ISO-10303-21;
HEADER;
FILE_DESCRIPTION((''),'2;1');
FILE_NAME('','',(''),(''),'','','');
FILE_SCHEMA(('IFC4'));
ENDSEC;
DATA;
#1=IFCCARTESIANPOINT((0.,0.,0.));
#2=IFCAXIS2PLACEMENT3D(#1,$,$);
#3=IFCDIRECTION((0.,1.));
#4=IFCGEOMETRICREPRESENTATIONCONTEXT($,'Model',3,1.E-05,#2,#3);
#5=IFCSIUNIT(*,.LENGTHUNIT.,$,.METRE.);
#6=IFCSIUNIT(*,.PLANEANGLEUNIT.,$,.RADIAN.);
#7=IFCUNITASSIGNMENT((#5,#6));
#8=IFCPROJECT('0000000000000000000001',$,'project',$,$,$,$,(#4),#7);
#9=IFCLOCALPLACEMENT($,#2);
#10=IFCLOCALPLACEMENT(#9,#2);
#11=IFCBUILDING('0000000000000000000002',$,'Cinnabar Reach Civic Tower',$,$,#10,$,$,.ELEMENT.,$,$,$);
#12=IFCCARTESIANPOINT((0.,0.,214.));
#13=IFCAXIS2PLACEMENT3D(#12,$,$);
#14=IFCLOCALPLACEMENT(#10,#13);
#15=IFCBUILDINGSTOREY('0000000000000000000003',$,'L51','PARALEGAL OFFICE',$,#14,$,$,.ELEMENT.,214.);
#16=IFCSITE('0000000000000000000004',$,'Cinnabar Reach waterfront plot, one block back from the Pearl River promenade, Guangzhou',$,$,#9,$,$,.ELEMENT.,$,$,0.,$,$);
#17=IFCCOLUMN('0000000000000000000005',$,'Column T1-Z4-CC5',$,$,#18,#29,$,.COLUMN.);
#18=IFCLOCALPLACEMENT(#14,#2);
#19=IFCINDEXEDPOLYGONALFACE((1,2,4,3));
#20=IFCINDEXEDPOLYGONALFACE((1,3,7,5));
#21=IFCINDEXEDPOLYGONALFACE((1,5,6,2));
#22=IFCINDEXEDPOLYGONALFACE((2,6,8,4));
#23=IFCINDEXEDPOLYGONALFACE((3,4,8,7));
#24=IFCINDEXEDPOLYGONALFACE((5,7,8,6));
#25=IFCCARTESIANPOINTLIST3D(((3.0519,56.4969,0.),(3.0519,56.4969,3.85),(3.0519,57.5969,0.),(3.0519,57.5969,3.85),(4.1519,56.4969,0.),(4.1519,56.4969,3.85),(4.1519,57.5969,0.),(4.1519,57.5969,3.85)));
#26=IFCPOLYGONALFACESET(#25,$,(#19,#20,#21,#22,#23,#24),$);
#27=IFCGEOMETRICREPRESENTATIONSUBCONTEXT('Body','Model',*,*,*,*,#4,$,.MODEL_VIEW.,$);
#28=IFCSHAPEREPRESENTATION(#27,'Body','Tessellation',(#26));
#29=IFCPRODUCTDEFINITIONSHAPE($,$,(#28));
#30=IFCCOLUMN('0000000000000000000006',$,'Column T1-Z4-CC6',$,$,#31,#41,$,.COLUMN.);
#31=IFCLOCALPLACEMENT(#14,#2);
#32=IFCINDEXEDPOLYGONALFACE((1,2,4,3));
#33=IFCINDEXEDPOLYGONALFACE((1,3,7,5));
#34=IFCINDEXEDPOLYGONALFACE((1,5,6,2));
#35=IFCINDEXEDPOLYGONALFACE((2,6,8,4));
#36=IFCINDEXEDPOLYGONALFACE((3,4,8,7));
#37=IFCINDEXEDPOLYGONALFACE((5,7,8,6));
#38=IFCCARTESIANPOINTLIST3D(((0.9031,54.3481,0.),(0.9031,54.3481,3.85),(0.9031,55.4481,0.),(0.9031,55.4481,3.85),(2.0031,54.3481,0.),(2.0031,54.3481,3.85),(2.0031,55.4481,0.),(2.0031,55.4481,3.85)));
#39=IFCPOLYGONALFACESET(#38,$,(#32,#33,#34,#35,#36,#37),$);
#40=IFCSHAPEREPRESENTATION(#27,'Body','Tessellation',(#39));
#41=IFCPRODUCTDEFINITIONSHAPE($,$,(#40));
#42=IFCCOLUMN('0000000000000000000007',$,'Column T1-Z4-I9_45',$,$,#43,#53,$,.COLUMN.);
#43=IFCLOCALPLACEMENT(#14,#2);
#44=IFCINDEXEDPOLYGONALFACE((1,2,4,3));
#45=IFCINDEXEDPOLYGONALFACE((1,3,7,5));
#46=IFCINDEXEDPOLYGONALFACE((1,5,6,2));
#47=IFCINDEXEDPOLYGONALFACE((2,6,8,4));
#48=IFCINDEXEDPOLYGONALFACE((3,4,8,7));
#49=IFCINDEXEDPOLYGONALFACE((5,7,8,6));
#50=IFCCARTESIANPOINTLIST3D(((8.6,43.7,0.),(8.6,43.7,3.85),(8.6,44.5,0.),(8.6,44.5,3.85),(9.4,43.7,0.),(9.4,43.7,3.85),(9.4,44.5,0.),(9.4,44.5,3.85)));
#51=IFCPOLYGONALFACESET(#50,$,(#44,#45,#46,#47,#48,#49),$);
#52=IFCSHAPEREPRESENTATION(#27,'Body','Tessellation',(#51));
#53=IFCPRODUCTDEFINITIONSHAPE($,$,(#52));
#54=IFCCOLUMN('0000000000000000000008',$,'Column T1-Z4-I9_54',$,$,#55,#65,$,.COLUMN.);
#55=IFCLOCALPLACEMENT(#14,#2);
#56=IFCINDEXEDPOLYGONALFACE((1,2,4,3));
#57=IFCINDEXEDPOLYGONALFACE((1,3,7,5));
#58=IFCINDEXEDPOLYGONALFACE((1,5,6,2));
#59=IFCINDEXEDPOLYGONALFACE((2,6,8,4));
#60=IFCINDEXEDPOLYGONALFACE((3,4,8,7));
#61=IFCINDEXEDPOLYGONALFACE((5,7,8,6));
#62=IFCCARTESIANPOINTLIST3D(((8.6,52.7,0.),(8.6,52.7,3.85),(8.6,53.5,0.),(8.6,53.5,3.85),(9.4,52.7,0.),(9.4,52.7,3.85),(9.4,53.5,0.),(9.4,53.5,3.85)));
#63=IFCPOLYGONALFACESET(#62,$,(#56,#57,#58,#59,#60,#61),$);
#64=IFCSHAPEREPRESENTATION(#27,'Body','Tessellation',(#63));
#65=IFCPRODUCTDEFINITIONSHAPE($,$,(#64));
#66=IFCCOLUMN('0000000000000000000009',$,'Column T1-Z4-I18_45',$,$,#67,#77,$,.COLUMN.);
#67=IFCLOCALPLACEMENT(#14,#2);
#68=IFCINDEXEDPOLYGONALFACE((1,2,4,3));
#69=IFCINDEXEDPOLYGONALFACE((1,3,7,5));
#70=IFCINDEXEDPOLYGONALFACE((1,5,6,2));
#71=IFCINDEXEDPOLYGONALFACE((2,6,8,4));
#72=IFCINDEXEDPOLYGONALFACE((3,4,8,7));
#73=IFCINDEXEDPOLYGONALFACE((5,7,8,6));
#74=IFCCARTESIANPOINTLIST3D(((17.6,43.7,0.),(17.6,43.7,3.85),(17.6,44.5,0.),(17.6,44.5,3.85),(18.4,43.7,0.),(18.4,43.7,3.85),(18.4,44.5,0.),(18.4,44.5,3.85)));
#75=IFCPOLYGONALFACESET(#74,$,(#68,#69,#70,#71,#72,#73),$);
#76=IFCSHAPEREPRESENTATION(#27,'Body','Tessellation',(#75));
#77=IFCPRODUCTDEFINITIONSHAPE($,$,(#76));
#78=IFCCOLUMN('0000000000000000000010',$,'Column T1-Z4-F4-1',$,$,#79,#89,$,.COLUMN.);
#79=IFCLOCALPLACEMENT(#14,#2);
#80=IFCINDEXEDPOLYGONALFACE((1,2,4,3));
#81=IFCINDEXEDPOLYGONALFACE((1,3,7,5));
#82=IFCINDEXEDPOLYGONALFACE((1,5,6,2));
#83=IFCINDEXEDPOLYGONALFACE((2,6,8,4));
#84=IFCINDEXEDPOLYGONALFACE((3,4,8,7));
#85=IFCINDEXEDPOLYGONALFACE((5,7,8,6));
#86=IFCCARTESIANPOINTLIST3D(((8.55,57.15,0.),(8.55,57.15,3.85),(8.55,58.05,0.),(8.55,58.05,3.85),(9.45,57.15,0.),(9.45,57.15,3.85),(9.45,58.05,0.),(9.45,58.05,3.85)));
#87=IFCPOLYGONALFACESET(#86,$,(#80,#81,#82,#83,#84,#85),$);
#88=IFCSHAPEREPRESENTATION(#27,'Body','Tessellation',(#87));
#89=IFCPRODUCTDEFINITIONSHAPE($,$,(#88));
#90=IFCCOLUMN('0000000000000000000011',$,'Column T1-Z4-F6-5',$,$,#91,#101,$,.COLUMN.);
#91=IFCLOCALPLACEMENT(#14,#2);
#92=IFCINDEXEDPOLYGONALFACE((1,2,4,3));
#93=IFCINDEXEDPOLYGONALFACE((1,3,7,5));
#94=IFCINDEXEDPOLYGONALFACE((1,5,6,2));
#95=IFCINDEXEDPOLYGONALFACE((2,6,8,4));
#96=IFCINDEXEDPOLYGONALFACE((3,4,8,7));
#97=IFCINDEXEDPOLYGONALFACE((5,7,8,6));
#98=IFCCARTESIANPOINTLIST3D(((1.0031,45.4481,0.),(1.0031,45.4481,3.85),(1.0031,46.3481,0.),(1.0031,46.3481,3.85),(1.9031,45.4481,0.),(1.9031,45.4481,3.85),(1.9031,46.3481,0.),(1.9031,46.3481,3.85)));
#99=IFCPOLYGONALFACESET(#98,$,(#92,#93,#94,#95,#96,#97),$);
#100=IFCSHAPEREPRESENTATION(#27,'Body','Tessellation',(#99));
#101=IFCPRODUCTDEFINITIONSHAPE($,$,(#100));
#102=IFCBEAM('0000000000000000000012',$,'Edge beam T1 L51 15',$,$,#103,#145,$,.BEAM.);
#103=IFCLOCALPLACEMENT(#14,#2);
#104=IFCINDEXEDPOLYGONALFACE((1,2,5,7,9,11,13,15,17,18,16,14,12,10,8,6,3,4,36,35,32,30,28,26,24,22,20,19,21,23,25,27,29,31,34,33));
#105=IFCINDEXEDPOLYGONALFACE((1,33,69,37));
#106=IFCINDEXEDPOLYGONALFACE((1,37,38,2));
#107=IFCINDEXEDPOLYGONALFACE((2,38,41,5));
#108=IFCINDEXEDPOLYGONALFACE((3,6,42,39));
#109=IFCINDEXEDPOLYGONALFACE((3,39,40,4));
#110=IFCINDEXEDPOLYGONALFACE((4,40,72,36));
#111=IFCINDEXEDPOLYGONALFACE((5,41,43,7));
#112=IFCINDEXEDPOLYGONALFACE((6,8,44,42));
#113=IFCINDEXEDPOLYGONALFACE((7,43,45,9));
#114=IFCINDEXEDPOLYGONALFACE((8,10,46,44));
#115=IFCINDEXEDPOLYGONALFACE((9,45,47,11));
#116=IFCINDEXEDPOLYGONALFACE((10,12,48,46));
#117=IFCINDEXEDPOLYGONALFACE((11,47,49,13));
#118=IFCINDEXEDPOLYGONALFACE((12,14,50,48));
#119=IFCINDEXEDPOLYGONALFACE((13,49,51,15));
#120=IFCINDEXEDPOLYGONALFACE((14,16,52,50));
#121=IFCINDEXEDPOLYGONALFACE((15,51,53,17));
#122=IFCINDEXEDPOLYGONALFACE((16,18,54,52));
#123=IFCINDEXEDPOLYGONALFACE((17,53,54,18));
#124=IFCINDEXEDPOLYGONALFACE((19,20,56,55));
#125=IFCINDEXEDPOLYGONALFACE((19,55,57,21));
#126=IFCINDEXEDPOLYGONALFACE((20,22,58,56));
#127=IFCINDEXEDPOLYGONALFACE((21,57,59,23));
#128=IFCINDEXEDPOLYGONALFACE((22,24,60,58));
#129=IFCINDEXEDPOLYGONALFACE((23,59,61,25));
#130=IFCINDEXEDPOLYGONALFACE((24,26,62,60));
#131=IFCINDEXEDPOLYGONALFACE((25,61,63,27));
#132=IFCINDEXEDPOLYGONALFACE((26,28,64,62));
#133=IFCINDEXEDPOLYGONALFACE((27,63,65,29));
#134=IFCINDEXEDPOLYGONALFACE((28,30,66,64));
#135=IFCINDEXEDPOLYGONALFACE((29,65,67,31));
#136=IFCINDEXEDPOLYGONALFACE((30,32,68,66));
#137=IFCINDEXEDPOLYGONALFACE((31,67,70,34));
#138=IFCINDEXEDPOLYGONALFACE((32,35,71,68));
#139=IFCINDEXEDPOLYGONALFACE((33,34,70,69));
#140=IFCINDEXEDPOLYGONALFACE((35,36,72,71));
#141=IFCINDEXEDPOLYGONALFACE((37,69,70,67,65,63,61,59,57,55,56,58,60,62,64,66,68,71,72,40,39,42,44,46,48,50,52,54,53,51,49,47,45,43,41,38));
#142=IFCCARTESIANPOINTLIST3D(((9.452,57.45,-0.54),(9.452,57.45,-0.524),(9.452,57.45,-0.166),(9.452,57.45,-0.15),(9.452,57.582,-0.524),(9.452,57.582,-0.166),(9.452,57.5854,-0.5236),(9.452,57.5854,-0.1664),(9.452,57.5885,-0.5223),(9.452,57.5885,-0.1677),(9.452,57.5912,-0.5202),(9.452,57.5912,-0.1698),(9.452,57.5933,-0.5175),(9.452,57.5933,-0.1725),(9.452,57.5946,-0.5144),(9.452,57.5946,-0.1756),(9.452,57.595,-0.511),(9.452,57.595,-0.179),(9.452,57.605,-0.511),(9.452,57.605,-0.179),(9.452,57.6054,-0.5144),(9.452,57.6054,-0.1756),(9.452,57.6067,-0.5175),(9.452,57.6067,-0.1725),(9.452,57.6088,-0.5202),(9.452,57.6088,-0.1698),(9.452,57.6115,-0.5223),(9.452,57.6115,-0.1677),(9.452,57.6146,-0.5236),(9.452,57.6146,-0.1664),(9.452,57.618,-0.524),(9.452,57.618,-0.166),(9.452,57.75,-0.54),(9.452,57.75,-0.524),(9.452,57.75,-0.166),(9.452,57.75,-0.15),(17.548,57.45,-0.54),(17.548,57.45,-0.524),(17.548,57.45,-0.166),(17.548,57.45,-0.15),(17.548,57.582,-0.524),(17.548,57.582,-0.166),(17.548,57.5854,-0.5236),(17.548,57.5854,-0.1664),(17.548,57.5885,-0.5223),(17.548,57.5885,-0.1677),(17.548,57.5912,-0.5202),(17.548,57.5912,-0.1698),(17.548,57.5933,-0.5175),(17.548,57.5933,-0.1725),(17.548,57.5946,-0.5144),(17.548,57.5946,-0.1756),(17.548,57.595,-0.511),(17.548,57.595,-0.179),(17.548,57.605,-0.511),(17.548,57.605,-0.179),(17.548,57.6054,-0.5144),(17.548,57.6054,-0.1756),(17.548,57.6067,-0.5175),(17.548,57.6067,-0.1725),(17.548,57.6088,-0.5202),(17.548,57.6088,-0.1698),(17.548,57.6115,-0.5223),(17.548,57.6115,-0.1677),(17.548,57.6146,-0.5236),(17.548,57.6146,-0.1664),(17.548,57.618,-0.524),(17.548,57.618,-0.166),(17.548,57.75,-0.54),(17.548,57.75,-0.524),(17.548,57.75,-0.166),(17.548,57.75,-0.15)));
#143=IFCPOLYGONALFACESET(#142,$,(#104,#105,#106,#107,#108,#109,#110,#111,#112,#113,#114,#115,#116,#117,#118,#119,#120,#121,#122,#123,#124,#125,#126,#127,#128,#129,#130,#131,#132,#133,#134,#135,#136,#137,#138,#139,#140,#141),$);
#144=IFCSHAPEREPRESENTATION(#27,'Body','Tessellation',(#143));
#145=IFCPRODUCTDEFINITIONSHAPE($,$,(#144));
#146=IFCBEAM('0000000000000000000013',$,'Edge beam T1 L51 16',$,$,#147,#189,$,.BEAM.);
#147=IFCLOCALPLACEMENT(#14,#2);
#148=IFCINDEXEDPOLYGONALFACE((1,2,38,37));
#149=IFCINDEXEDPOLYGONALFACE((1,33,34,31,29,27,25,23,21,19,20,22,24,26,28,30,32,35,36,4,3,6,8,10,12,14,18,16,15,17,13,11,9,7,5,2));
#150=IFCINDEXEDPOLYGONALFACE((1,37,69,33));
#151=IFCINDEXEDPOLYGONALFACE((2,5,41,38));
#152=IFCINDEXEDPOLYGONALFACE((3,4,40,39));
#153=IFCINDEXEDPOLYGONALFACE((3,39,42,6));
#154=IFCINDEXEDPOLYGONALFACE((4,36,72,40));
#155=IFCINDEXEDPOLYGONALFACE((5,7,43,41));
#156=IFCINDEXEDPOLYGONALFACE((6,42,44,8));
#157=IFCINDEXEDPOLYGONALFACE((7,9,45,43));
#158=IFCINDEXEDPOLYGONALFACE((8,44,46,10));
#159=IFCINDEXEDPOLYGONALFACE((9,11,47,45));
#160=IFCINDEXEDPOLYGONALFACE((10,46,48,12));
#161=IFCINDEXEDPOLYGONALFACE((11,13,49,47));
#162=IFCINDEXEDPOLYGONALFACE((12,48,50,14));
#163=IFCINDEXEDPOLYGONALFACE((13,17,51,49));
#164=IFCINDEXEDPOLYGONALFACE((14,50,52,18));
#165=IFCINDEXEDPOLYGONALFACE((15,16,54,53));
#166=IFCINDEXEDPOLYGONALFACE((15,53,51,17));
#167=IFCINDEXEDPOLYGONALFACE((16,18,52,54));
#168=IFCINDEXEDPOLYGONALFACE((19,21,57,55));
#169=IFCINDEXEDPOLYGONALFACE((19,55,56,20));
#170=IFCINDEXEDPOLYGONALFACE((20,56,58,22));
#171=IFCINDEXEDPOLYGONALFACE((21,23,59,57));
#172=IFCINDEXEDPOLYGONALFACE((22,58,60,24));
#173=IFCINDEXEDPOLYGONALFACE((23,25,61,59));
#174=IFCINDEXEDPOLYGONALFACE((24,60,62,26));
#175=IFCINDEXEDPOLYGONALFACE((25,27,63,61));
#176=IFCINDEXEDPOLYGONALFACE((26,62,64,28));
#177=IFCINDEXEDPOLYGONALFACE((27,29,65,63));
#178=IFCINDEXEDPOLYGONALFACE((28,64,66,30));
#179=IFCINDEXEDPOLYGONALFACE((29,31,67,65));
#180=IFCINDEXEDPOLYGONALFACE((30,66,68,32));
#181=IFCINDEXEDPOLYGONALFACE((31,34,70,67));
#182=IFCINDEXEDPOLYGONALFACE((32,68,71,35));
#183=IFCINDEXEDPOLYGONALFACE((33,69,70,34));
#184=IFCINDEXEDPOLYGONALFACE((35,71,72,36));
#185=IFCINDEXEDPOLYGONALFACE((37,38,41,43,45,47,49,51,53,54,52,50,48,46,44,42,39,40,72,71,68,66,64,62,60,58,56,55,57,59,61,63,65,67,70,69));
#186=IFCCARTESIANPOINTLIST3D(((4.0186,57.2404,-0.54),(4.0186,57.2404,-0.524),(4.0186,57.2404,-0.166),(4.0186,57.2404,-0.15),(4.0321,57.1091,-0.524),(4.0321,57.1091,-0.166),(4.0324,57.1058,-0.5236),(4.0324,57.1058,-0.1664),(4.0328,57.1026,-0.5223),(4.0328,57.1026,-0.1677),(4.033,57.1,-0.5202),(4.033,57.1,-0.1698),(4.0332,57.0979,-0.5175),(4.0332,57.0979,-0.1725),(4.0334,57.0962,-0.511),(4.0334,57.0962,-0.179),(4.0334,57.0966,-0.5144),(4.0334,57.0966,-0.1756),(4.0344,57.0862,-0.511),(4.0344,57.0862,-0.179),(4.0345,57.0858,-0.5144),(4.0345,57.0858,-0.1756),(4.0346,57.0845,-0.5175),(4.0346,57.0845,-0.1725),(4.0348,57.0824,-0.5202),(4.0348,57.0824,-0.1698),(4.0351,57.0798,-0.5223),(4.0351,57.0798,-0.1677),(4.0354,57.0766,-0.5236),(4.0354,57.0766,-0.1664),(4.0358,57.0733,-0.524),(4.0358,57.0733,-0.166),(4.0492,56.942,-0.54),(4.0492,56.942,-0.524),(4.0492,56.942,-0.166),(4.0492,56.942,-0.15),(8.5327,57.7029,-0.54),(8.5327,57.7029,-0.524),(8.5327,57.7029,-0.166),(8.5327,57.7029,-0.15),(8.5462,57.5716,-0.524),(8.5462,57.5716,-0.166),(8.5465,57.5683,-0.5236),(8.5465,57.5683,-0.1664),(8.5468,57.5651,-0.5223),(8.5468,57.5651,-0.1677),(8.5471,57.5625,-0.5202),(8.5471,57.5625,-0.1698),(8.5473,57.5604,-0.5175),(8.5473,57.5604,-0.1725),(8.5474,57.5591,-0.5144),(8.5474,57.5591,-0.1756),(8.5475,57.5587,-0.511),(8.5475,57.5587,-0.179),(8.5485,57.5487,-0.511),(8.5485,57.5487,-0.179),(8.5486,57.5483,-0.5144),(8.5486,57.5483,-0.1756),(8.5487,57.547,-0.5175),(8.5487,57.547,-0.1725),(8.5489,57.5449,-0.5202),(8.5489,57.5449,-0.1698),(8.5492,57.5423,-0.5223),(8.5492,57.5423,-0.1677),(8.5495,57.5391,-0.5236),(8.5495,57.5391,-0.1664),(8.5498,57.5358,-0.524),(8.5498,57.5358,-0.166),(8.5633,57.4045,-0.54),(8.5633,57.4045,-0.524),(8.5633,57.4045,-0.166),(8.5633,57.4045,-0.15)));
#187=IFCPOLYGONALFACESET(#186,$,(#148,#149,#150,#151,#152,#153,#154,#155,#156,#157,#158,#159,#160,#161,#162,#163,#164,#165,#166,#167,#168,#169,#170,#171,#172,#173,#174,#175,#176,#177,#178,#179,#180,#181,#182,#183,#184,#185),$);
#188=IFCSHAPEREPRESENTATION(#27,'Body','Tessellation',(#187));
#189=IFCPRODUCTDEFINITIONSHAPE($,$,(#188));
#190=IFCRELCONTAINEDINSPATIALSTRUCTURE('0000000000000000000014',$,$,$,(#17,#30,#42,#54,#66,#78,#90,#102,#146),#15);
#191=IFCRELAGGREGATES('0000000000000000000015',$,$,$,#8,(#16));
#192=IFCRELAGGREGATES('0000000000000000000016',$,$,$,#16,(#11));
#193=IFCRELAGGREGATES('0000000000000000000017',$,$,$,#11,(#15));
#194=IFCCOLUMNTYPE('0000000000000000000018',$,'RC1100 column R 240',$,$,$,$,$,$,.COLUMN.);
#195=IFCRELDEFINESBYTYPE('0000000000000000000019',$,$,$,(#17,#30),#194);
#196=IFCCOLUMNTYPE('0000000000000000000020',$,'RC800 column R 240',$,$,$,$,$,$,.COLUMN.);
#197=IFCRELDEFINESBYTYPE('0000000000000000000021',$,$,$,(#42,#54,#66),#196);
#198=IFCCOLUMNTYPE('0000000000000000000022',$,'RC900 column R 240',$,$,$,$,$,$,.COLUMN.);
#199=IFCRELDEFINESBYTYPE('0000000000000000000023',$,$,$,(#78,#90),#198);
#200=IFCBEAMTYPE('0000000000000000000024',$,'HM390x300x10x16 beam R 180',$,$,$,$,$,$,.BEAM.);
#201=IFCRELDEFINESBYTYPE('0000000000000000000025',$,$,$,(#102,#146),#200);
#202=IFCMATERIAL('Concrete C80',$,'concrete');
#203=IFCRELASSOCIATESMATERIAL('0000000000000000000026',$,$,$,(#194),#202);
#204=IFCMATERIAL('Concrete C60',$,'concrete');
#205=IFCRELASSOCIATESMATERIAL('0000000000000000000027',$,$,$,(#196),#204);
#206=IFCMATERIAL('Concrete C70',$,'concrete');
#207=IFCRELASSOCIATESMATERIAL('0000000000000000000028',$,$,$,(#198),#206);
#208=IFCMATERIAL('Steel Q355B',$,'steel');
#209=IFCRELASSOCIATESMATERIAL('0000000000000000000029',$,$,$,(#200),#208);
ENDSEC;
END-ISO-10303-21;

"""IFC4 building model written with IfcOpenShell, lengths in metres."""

from ifc_helpers import new_model, si_unit, direction, frame, origin, origin_2d, place, context, subcontext, project, spatial, rectangle, i_section, extrude, material, material_profile, profile_set, type_object, element, save


model = new_model("IFC4")

# Units and contexts
model_context = context("Model", 3, precision=1e-05, world=origin(), true_north=direction((0.0, 1.0)))
body_context = subcontext(model_context, "Body", "Model", "MODEL_VIEW")
ifc_project = project(units=[si_unit("LENGTHUNIT", "METRE"), si_unit("PLANEANGLEUNIT", "RADIAN")], contexts=[model_context])

# Site, building, storey
site_placement = place(None, origin())
site = spatial("IfcSite", under=ifc_project, at=site_placement, Name="Cinnabar Reach waterfront plot, one block back from the Pearl River promenade, Guangzhou", CompositionType="ELEMENT", RefElevation=0.0)
building_placement = place(site_placement, origin())
building = spatial("IfcBuilding", under=site, at=building_placement, Name="Cinnabar Reach Civic Tower", CompositionType="ELEMENT")
storey_placement = place(building_placement, frame((0.0, 0.0, 214.0)))
storey = spatial("IfcBuildingStorey", under=building, at=storey_placement, Name="L51", Description="PARALEGAL OFFICE", CompositionType="ELEMENT", Elevation=214.0)

# Columns
ifc_material_1 = material(Name="Concrete C80", Category="concrete")
ifc_material_profile_1 = material_profile(ifc_material_1, rectangle(XDim=1.1, YDim=1.1, at=origin_2d()), Name="RC1100")
ifc_profile_set_1 = profile_set([ifc_material_profile_1], Name="Concrete C80")
column_type_1 = type_object("IfcColumnType", Name="RC1100 column R 240", PredefinedType="COLUMN", material=ifc_profile_set_1)
for number, where, z_axis, x_axis, name in (
    (1, (3.6019, 57.0469, 0.0), (0.0, 0.0, 1.0), (1.0, 0.0, 0.0), "Column T1-Z4-CC5"),
    (2, (1.4531, 54.8981, 0.0), (0.0, 0.0, 1.0), (1.0, 0.0, 0.0), "Column T1-Z4-CC6"),
):
    element("IfcColumn", number, at=place(storey_placement, frame(where, z_axis=z_axis, x_axis=x_axis)), inside=storey, type_object=column_type_1, Name=name, PredefinedType="COLUMN", context=body_context, shape_type="SweptSolid", body=[
        extrude(rectangle(XDim=1.1, YDim=1.1, at=origin_2d()), origin(), (0.0, 0.0, 1.0), 3.85),
    ])
ifc_material_2 = material(Name="Concrete C60", Category="concrete")
ifc_material_profile_2 = material_profile(ifc_material_2, rectangle(XDim=0.8, YDim=0.8, at=origin_2d()), Name="RC800")
ifc_profile_set_2 = profile_set([ifc_material_profile_2], Name="Concrete C60")
column_type_2 = type_object("IfcColumnType", Name="RC800 column R 240", PredefinedType="COLUMN", material=ifc_profile_set_2)
for number, where, z_axis, x_axis, name in (
    (3, (9.0, 44.1, 0.0), (0.0, 0.0, 1.0), (1.0, 0.0, 0.0), "Column T1-Z4-I9_45"),
    (4, (9.0, 53.1, 0.0), (0.0, 0.0, 1.0), (1.0, 0.0, 0.0), "Column T1-Z4-I9_54"),
    (5, (18.0, 44.1, 0.0), (0.0, 0.0, 1.0), (1.0, 0.0, 0.0), "Column T1-Z4-I18_45"),
):
    element("IfcColumn", number, at=place(storey_placement, frame(where, z_axis=z_axis, x_axis=x_axis)), inside=storey, type_object=column_type_2, Name=name, PredefinedType="COLUMN", context=body_context, shape_type="SweptSolid", body=[
        extrude(rectangle(XDim=0.8, YDim=0.8, at=origin_2d()), origin(), (0.0, 0.0, 1.0), 3.85),
    ])
ifc_material_3 = material(Name="Concrete C70", Category="concrete")
ifc_material_profile_3 = material_profile(ifc_material_3, rectangle(XDim=0.9, YDim=0.9, at=origin_2d()), Name="RC900")
ifc_profile_set_3 = profile_set([ifc_material_profile_3], Name="Concrete C70")
column_type_3 = type_object("IfcColumnType", Name="RC900 column R 240", PredefinedType="COLUMN", material=ifc_profile_set_3)
for number, where, z_axis, x_axis, name in (
    (6, (9.0, 57.6, 0.0), (0.0, 0.0, 1.0), (1.0, 0.0, 0.0), "Column T1-Z4-F4-1"),
    (7, (1.4531, 45.8981, 0.0), (0.0, 0.0, 1.0), (1.0, 0.0, 0.0), "Column T1-Z4-F6-5"),
):
    element("IfcColumn", number, at=place(storey_placement, frame(where, z_axis=z_axis, x_axis=x_axis)), inside=storey, type_object=column_type_3, Name=name, PredefinedType="COLUMN", context=body_context, shape_type="SweptSolid", body=[
        extrude(rectangle(XDim=0.9, YDim=0.9, at=origin_2d()), origin(), (0.0, 0.0, 1.0), 3.85),
    ])

# Beams
ifc_material_4 = material(Name="Steel Q355B", Category="steel")
ifc_material_profile_4 = material_profile(ifc_material_4, i_section(OverallWidth=0.3, OverallDepth=0.39, WebThickness=0.01, FlangeThickness=0.016, FilletRadius=0.013, at=origin_2d()), Name="HM390x300x10x16")
ifc_profile_set_4 = profile_set([ifc_material_profile_4], Name="Steel Q355B")
beam_type_1 = type_object("IfcBeamType", Name="HM390x300x10x16 beam R 180", PredefinedType="BEAM", material=ifc_profile_set_4)
beam_1_placement = place(storey_placement, frame((17.548, 57.6, -0.345), z_axis=(-1.0, 0.0, 0.0), x_axis=(0.0, -1.0, 0.0)))
element("IfcBeam", 8, at=beam_1_placement, inside=storey, type_object=beam_type_1, Name="Edge beam T1 L51 15", PredefinedType="BEAM", context=body_context, shape_type="SweptSolid", body=[
    extrude(i_section(OverallWidth=0.3, OverallDepth=0.39, WebThickness=0.01, FlangeThickness=0.016, FilletRadius=0.013, at=origin_2d()), origin(), (0.0, 0.0, 1.0), 8.096),
])
beam_2_placement = place(storey_placement, frame((8.548, 57.5537, -0.345), z_axis=(-0.994792, -0.101923, 0.0), x_axis=(0.101923, -0.994792, 0.0)))
element("IfcBeam", 9, at=beam_2_placement, inside=storey, type_object=beam_type_1, Name="Edge beam T1 L51 16", PredefinedType="BEAM", context=body_context, shape_type="SweptSolid", body=[
    extrude(i_section(OverallWidth=0.3, OverallDepth=0.39, WebThickness=0.01, FlangeThickness=0.016, FilletRadius=0.013, at=origin_2d()), origin(), (0.0, 0.0, 1.0), 4.5377),
])

save(model, "model.ifc")
